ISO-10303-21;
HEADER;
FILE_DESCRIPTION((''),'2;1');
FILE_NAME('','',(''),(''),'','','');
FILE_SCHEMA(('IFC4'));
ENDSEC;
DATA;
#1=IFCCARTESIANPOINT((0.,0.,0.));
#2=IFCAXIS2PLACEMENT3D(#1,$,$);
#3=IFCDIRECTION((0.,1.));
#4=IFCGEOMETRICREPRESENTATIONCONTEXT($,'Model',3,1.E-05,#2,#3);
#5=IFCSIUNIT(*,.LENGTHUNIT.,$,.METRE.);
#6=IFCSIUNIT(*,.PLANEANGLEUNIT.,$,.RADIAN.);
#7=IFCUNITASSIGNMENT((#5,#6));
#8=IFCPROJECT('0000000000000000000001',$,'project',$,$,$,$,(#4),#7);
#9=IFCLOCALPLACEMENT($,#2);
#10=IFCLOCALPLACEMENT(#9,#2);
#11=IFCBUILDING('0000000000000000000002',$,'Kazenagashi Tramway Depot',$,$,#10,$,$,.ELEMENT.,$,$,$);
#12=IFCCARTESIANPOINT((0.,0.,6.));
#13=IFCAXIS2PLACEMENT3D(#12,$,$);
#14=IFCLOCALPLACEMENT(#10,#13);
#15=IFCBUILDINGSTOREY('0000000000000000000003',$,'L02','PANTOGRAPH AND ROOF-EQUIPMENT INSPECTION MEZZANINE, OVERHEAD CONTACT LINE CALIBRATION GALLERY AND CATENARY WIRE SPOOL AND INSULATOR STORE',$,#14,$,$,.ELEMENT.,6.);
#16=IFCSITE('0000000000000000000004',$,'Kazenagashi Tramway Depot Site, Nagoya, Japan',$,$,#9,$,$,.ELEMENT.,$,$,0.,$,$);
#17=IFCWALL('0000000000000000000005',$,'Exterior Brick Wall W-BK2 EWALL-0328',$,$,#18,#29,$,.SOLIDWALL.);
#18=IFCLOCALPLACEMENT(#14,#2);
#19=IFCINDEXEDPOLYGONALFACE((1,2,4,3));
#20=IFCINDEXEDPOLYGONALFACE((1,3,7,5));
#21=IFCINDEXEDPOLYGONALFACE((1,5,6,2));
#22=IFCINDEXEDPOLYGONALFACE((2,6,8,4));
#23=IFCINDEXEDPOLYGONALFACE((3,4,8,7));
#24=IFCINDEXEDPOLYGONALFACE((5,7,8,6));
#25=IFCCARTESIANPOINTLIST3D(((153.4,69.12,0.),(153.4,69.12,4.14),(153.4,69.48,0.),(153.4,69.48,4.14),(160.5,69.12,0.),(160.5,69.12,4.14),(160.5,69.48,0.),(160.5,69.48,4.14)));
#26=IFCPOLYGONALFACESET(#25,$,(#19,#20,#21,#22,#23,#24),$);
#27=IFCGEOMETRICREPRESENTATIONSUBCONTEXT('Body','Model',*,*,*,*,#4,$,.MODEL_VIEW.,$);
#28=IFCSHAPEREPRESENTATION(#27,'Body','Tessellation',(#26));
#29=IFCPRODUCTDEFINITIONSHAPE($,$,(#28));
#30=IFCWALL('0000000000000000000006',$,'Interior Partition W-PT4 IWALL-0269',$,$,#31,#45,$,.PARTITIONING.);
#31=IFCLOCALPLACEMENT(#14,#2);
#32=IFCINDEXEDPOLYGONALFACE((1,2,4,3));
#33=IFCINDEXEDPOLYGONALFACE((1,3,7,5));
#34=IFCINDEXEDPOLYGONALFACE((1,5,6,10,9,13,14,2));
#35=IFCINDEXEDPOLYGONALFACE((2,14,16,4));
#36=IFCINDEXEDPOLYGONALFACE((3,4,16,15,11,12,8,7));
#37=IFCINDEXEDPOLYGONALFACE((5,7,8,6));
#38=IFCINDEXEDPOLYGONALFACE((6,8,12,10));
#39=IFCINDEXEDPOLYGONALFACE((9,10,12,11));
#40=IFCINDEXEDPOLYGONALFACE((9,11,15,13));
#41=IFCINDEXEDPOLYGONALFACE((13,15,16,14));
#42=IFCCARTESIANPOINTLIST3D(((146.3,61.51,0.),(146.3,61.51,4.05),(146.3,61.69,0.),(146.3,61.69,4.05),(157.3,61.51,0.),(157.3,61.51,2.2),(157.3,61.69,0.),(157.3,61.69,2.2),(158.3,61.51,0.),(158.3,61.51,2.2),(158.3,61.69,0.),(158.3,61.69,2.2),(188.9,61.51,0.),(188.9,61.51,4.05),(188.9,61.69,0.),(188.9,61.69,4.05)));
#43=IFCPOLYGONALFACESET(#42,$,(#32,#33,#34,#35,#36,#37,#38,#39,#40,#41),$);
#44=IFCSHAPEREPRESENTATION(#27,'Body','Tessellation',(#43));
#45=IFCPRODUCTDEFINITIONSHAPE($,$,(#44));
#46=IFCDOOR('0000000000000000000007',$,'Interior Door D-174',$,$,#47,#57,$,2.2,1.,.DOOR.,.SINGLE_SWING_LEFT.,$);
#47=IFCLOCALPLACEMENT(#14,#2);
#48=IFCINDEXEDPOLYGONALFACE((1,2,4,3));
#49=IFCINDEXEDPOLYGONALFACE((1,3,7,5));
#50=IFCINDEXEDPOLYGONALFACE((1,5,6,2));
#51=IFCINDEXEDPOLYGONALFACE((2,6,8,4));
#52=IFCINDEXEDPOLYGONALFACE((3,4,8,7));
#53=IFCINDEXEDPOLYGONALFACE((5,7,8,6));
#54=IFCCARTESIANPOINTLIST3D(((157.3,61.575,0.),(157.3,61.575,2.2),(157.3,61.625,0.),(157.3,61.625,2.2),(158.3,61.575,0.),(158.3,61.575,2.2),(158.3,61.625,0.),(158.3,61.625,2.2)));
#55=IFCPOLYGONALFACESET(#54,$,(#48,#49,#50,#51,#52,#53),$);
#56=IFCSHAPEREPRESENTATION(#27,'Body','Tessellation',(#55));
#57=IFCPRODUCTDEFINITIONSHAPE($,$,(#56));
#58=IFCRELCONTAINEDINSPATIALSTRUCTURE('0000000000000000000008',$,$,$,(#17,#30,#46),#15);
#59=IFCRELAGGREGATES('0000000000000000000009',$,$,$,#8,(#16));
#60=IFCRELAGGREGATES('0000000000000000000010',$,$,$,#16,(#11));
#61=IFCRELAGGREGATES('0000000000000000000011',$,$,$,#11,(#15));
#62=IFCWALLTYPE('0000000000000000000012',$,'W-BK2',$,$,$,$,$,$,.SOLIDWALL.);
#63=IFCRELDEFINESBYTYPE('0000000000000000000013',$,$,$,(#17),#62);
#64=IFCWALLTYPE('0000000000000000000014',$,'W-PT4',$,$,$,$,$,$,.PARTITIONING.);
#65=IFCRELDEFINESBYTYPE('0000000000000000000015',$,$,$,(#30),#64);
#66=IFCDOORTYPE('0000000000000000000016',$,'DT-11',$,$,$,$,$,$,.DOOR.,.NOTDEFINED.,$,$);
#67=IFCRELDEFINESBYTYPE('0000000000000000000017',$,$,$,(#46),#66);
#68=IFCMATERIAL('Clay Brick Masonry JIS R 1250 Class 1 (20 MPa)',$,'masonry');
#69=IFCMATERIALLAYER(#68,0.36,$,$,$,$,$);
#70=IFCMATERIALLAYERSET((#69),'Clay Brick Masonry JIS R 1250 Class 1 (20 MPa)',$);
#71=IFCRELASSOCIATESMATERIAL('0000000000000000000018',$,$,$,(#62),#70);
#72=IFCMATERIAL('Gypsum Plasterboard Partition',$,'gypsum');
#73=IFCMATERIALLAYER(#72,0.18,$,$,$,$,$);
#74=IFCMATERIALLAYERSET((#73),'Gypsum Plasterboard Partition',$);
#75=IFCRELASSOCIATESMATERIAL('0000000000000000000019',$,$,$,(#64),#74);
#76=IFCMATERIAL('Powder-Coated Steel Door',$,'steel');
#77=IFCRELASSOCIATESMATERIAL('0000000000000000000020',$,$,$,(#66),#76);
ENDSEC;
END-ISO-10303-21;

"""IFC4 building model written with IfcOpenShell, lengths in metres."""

from ifc_helpers import new_model, si_unit, direction, frame, frame_2d, origin, place, context, subcontext, project, spatial, rectangle, extrude, material, layer, layer_set, type_object, element, fill, save


model = new_model("IFC4")

# Units and contexts
model_context = context("Model", 3, precision=1e-05, world=origin(), true_north=direction((0.0, 1.0)))
body_context = subcontext(model_context, "Body", "Model", "MODEL_VIEW")
ifc_project = project(units=[si_unit("LENGTHUNIT", "METRE"), si_unit("PLANEANGLEUNIT", "RADIAN")], contexts=[model_context])

# Site, building, storey
site_placement = place(None, origin())
site = spatial("IfcSite", under=ifc_project, at=site_placement, Name="Kazenagashi Tramway Depot Site, Nagoya, Japan", CompositionType="ELEMENT", RefElevation=0.0)
building_placement = place(site_placement, origin())
building = spatial("IfcBuilding", under=site, at=building_placement, Name="Kazenagashi Tramway Depot", CompositionType="ELEMENT")
storey_placement = place(building_placement, frame((0.0, 0.0, 6.0)))
storey = spatial("IfcBuildingStorey", under=building, at=storey_placement, Name="L02", Description="PANTOGRAPH AND ROOF-EQUIPMENT INSPECTION MEZZANINE, OVERHEAD CONTACT LINE CALIBRATION GALLERY AND CATENARY WIRE SPOOL AND INSULATOR STORE", CompositionType="ELEMENT", Elevation=6.0)

# Wall
ifc_material_1 = material(Name="Clay Brick Masonry JIS R 1250 Class 1 (20 MPa)", Category="masonry")
ifc_layer_1 = layer(ifc_material_1, 0.36)
ifc_layer_set_1 = layer_set([ifc_layer_1], Name="Clay Brick Masonry JIS R 1250 Class 1 (20 MPa)")
wall_type_1 = type_object("IfcWallType", Name="W-BK2", PredefinedType="SOLIDWALL", material=ifc_layer_set_1)
for number, where, z_axis, x_axis, name in (
    (1, (153.4, 69.3, 0.0), (0.0, 0.0, 1.0), (1.0, 0.0, 0.0), "Exterior Brick Wall W-BK2 EWALL-0328"),
):
    element("IfcWall", number, at=place(storey_placement, frame(where, z_axis=z_axis, x_axis=x_axis)), inside=storey, type_object=wall_type_1, Name=name, PredefinedType="SOLIDWALL", context=body_context, shape_type="SweptSolid", body=[
        extrude(rectangle(XDim=7.1, YDim=0.36, at=frame_2d((3.55, 0.0))), origin(), (0.0, 0.0, 1.0), 4.14),
    ])

# Wall, opening, door
ifc_material_2 = material(Name="Gypsum Plasterboard Partition", Category="gypsum")
ifc_layer_2 = layer(ifc_material_2, 0.18)
ifc_layer_set_2 = layer_set([ifc_layer_2], Name="Gypsum Plasterboard Partition")
wall_type_2 = type_object("IfcWallType", Name="W-PT4", PredefinedType="PARTITIONING", material=ifc_layer_set_2)
wall_placement = place(storey_placement, frame((146.3, 61.6, 0.0), z_axis=(0.0, 0.0, 1.0), x_axis=(1.0, 0.0, 0.0)))
wall = element("IfcWall", 2, at=wall_placement, inside=storey, type_object=wall_type_2, Name="Interior Partition W-PT4 IWALL-0269", PredefinedType="PARTITIONING", context=body_context, shape_type="SweptSolid", body=[
    extrude(rectangle(XDim=42.6, YDim=0.18, at=frame_2d((21.3, 0.0))), origin(), (0.0, 0.0, 1.0), 4.05),
])
opening_placement = place(wall_placement, frame((11.0, 0.0, 0.0)))
opening = element("IfcOpeningElement", 3, at=opening_placement, cuts=wall, PredefinedType="OPENING", context=body_context, shape_type="SweptSolid", body=[
    extrude(rectangle(XDim=1.0, YDim=2.2, at=frame_2d((0.5, 1.1))), frame((0.0, 0.1, 0.0), z_axis=(0.0, -1.0, 0.0), x_axis=(1.0, 0.0, 0.0)), (0.0, 0.0, 1.0), 0.2),
])
ifc_material_3 = material(Name="Powder-Coated Steel Door", Category="steel")
door_type = type_object("IfcDoorType", Name="DT-11", OperationType="NOTDEFINED", PredefinedType="DOOR", material=ifc_material_3)
door_placement = place(opening_placement, origin())
door = element("IfcDoor", 4, at=door_placement, inside=storey, type_object=door_type, Name="Interior Door D-174", OperationType="SINGLE_SWING_LEFT", OverallHeight=2.2, OverallWidth=1.0, PredefinedType="DOOR", context=body_context, shape_type="SweptSolid", body=[
    extrude(rectangle(XDim=1.0, YDim=2.2, at=frame_2d((0.5, 1.1))), frame((0.0, 0.025, 0.0), z_axis=(0.0, -1.0, 0.0), x_axis=(1.0, 0.0, 0.0)), (0.0, 0.0, 1.0), 0.05),
])
fill(opening, door)

save(model, "model.ifc")
